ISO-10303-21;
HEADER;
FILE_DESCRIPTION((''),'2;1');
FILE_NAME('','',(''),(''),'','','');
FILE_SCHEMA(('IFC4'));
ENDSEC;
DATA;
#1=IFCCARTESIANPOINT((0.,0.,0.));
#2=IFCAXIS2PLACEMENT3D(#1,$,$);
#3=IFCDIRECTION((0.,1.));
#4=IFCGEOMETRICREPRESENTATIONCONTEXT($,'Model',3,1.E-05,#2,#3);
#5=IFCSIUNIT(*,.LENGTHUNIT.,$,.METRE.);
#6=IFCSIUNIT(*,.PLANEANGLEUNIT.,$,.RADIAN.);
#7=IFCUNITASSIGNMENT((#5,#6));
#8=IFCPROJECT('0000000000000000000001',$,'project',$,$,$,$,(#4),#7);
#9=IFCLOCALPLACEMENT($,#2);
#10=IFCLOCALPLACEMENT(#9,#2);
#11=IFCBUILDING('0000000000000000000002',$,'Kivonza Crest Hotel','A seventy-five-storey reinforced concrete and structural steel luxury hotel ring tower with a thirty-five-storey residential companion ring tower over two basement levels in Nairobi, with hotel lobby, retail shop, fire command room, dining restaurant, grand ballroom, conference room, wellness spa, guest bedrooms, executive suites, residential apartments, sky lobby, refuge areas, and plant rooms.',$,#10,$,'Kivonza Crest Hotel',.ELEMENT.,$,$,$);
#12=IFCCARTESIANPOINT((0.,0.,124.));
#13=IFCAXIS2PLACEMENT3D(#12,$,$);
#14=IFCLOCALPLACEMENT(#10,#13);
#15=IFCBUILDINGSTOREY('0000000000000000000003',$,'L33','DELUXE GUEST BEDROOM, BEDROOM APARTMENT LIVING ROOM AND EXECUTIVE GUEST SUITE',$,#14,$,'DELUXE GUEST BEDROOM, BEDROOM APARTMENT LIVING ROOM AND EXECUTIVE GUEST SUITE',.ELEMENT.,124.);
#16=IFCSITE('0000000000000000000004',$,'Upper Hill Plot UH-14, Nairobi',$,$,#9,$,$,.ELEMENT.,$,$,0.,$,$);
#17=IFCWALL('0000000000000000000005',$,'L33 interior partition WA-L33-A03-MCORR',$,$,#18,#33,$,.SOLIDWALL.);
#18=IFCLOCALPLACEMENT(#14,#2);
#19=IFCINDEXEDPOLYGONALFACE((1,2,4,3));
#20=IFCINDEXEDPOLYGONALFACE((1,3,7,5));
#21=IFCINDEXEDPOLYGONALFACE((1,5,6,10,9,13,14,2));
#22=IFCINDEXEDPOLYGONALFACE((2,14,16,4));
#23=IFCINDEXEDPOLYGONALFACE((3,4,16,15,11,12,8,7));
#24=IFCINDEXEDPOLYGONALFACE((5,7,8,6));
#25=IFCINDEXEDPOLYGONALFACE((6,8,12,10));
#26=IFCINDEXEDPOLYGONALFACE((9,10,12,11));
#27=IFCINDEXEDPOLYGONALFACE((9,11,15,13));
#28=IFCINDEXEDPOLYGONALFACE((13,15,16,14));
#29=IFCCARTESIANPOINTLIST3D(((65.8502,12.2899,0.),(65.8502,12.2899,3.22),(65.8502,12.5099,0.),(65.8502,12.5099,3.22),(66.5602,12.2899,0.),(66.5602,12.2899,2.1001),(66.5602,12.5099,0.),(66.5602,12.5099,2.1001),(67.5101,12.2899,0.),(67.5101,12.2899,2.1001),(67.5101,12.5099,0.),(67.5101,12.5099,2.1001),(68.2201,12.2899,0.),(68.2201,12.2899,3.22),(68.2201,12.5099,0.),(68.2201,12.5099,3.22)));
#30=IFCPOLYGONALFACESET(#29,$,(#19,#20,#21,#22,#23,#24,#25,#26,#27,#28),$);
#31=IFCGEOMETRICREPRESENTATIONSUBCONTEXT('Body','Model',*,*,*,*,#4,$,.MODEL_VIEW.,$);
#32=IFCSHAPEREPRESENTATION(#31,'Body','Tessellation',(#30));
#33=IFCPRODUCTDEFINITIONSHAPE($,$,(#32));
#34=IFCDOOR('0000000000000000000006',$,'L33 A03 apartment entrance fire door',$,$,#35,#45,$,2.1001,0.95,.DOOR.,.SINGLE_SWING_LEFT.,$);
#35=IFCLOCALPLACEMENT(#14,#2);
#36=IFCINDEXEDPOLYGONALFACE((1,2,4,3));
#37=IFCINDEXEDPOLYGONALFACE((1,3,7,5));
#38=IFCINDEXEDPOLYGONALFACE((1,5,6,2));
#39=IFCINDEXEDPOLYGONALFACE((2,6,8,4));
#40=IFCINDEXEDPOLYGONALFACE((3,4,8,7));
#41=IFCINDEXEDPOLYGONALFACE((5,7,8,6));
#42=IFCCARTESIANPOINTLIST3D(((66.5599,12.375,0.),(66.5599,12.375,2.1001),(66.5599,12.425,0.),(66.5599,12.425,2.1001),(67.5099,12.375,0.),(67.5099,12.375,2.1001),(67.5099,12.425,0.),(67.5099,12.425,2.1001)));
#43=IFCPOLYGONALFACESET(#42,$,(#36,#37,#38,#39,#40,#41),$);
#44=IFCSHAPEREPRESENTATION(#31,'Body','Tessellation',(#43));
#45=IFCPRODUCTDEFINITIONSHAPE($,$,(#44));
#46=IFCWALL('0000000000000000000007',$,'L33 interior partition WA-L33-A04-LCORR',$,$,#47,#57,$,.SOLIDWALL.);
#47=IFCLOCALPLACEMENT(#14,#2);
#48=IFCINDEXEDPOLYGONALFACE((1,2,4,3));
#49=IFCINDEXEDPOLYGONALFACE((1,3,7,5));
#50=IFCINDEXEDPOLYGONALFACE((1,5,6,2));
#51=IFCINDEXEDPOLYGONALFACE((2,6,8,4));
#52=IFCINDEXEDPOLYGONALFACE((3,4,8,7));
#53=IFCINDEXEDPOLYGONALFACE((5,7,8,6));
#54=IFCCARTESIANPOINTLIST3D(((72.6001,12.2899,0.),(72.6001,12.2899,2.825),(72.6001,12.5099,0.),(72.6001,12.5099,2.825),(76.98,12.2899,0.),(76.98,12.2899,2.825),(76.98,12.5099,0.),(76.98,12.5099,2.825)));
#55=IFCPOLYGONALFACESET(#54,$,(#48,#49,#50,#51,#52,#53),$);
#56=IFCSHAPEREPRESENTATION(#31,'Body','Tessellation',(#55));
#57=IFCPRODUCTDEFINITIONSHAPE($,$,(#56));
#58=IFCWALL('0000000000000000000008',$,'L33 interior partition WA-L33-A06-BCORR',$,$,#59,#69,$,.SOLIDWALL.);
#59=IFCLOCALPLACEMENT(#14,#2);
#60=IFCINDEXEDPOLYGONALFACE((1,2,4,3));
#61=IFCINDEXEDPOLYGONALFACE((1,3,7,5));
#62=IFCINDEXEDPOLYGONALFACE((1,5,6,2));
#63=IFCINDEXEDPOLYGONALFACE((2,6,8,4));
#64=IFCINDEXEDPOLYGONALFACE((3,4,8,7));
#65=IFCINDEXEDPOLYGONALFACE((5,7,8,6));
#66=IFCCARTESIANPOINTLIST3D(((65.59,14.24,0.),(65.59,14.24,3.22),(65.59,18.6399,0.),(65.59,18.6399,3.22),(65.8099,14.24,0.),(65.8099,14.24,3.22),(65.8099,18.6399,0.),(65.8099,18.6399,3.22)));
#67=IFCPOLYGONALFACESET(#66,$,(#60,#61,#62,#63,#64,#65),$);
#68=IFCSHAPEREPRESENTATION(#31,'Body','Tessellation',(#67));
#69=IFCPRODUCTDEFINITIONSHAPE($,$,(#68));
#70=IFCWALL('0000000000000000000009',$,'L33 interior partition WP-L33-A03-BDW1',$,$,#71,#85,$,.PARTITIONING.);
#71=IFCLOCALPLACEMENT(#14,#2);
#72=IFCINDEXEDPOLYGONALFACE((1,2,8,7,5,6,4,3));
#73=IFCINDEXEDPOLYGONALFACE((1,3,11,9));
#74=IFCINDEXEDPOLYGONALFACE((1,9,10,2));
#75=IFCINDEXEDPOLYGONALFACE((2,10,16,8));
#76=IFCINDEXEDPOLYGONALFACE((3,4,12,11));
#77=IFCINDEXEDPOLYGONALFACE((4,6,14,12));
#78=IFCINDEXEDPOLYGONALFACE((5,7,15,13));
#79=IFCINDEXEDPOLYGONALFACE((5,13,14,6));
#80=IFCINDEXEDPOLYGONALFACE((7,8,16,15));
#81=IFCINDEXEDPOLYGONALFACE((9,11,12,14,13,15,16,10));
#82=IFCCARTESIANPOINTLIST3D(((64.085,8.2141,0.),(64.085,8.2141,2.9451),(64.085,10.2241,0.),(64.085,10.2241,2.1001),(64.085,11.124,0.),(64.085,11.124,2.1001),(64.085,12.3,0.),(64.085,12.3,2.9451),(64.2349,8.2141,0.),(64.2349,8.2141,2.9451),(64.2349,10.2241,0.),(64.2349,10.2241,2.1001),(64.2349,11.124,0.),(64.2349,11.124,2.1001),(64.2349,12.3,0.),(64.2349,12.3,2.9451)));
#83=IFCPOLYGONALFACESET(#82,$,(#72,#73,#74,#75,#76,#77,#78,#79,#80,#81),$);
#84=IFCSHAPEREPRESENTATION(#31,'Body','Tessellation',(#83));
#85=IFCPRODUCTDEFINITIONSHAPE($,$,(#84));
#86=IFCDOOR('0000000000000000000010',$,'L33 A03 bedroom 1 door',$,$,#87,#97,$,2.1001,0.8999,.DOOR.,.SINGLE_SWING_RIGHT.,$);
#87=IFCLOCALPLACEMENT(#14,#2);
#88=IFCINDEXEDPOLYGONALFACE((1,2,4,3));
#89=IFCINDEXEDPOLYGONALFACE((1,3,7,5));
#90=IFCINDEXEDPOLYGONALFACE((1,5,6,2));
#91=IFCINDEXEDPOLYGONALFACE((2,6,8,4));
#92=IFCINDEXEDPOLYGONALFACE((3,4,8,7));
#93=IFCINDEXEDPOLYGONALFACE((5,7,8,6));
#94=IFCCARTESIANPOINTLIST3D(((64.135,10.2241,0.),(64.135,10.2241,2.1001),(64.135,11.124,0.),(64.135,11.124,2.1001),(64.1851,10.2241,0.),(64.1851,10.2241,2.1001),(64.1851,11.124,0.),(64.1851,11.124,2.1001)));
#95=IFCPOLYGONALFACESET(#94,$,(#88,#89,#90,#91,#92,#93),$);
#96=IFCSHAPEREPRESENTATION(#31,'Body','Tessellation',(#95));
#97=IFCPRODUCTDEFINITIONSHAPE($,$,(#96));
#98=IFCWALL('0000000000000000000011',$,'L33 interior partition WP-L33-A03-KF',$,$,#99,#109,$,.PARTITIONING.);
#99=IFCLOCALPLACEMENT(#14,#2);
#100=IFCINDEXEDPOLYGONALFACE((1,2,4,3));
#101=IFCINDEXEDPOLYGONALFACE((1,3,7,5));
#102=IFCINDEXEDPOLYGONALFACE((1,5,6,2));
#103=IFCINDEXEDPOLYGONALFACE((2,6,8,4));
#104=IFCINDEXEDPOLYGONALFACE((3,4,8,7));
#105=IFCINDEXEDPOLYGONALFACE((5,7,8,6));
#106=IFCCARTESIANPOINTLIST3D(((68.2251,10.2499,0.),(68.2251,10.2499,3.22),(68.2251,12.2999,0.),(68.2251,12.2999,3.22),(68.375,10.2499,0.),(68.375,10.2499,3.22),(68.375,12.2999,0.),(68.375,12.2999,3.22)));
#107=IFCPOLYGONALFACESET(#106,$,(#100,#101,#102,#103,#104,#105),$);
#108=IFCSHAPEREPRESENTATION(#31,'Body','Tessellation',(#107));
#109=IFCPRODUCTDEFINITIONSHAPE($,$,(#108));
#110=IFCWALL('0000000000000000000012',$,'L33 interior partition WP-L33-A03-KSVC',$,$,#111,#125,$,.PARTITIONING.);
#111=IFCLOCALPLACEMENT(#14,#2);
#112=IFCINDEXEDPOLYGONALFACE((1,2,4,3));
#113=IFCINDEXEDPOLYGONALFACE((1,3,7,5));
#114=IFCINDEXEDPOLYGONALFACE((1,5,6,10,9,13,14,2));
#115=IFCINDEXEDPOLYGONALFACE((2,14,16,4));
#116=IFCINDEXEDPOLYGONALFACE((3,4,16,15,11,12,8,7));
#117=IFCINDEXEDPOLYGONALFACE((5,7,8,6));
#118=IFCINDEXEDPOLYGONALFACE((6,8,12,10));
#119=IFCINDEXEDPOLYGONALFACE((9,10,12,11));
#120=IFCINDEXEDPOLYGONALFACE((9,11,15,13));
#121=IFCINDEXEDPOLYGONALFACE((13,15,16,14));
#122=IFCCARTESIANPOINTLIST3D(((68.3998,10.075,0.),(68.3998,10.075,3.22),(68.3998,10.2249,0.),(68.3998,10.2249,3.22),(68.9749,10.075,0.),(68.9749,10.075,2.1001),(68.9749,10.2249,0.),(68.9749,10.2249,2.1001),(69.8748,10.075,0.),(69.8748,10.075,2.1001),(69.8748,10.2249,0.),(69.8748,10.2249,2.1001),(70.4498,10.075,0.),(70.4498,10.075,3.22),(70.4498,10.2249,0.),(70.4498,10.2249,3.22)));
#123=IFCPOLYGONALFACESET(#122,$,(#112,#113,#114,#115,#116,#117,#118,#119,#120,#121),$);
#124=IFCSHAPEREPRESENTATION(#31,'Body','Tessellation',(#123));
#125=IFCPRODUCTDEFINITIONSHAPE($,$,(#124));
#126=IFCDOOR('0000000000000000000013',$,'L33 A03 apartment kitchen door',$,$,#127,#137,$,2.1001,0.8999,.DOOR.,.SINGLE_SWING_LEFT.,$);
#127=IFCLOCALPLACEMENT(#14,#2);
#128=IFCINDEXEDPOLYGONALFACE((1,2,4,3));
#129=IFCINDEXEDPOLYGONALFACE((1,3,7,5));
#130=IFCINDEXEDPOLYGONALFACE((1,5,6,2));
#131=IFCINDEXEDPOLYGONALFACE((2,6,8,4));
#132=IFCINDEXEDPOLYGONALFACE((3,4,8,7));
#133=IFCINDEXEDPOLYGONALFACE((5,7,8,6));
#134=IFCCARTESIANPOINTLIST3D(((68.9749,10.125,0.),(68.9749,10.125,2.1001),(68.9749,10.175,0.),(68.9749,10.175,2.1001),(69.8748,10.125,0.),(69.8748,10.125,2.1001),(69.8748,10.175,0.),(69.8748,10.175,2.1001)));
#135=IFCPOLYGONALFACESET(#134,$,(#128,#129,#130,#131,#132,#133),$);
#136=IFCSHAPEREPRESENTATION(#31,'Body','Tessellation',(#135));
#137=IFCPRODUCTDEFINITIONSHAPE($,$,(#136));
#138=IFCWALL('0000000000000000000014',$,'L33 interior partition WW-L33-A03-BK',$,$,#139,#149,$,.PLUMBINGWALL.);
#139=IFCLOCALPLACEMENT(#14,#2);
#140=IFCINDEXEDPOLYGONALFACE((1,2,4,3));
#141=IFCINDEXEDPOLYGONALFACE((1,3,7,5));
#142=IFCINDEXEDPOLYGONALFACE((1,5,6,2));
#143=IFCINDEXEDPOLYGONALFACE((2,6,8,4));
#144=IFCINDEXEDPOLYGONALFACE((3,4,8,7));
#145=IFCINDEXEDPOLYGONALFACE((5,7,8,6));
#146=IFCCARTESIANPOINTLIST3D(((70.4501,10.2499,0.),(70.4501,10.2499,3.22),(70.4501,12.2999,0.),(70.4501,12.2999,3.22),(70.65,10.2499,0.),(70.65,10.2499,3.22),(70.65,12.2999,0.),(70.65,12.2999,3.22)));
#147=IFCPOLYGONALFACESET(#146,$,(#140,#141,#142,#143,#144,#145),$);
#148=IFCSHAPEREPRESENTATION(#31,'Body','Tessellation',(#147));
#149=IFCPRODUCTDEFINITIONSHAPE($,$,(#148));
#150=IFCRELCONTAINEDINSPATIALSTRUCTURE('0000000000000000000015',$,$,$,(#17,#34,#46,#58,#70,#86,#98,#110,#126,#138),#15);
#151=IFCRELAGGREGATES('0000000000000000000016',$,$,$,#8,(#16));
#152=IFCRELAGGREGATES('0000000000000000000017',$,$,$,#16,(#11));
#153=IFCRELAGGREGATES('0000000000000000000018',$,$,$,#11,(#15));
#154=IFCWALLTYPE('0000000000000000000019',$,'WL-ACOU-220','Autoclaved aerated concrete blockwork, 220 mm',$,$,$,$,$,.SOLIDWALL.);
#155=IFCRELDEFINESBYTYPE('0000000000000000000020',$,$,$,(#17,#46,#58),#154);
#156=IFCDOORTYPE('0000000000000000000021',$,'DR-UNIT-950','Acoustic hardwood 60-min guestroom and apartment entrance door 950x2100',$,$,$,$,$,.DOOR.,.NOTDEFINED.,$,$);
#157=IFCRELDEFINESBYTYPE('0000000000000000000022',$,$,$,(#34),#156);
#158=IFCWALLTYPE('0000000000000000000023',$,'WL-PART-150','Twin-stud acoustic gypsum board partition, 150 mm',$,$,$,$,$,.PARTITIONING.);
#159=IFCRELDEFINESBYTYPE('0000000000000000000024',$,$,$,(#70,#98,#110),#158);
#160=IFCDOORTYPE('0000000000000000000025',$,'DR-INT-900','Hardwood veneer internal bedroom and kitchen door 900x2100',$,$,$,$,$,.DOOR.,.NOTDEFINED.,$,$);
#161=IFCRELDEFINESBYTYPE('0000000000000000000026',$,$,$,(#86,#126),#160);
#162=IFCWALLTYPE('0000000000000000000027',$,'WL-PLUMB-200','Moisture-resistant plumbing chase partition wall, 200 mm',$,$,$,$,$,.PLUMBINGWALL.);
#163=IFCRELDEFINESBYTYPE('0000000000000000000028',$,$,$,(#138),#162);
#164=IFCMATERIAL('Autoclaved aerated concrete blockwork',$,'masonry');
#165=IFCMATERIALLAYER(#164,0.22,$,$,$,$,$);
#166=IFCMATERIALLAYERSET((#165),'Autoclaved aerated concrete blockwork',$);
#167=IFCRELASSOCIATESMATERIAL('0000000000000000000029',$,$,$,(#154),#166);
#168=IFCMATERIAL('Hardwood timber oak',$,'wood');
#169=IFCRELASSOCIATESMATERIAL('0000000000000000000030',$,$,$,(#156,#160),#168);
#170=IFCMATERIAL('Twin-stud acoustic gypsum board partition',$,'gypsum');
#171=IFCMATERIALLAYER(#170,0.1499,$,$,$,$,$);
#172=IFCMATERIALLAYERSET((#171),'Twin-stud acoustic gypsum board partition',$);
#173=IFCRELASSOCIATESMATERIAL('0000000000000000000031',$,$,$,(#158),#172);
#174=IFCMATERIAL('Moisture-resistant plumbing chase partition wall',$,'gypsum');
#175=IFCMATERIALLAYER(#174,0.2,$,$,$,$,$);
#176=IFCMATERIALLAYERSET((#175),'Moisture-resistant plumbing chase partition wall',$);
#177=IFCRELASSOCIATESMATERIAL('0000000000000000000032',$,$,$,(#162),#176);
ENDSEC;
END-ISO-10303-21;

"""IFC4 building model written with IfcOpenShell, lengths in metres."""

from ifc_helpers import new_model, si_unit, direction, frame, frame_2d, origin, place, context, subcontext, project, spatial, rectangle, extrude, material, layer, layer_set, type_object, element, fill, save


model = new_model("IFC4")

# Units and contexts
model_context = context("Model", 3, precision=1e-05, world=origin(), true_north=direction((0.0, 1.0)))
body_context = subcontext(model_context, "Body", "Model", "MODEL_VIEW")
ifc_project = project(units=[si_unit("LENGTHUNIT", "METRE"), si_unit("PLANEANGLEUNIT", "RADIAN")], contexts=[model_context])

# Site, building, storey
site_placement = place(None, origin())
site = spatial("IfcSite", under=ifc_project, at=site_placement, Name="Upper Hill Plot UH-14, Nairobi", CompositionType="ELEMENT", RefElevation=0.0)
building_placement = place(site_placement, origin())
building = spatial("IfcBuilding", under=site, at=building_placement, Name="Kivonza Crest Hotel", Description="A seventy-five-storey reinforced concrete and structural steel luxury hotel ring tower with a thirty-five-storey residential companion ring tower over two basement levels in Nairobi, with hotel lobby, retail shop, fire command room, dining restaurant, grand ballroom, conference room, wellness spa, guest bedrooms, executive suites, residential apartments, sky lobby, refuge areas, and plant rooms.", LongName="Kivonza Crest Hotel", CompositionType="ELEMENT")
storey_placement = place(building_placement, frame((0.0, 0.0, 124.0)))
storey = spatial("IfcBuildingStorey", under=building, at=storey_placement, Name="L33", Description="DELUXE GUEST BEDROOM, BEDROOM APARTMENT LIVING ROOM AND EXECUTIVE GUEST SUITE", LongName="DELUXE GUEST BEDROOM, BEDROOM APARTMENT LIVING ROOM AND EXECUTIVE GUEST SUITE", CompositionType="ELEMENT", Elevation=124.0)

# Shared definitions
ifc_material_1 = material(Name="Autoclaved aerated concrete blockwork", Category="masonry")
ifc_layer_1 = layer(ifc_material_1, 0.22)
ifc_layer_set_1 = layer_set([ifc_layer_1], Name="Autoclaved aerated concrete blockwork")
wall_type_1 = type_object("IfcWallType", Name="WL-ACOU-220", Description="Autoclaved aerated concrete blockwork, 220 mm", PredefinedType="SOLIDWALL", material=ifc_layer_set_1)

# Wall, opening, door
wall_1_placement = place(storey_placement, frame((65.8501, 12.3999, 0.0), z_axis=(0.0, 0.0, 1.0), x_axis=(1.0, 0.0, 0.0)))
wall_1 = element("IfcWall", 1, at=wall_1_placement, inside=storey, type_object=wall_type_1, Name="L33 interior partition WA-L33-A03-MCORR", PredefinedType="SOLIDWALL", context=body_context, shape_type="SweptSolid", body=[
    extrude(rectangle(XDim=2.3699, YDim=0.22, at=frame_2d((1.1851, 0.0))), origin(), (0.0, 0.0, 1.0), 3.22),
])
opening_1_placement = place(wall_1_placement, frame((0.71, 0.0, 0.0)))
opening_1 = element("IfcOpeningElement", 2, at=opening_1_placement, cuts=wall_1, PredefinedType="OPENING", context=body_context, shape_type="SweptSolid", body=[
    extrude(rectangle(XDim=0.95, YDim=2.1001, at=frame_2d((0.4751, 1.05))), frame((0.0, 0.1201, 0.0), z_axis=(0.0, -1.0, 0.0), x_axis=(1.0, 0.0, 0.0)), (0.0, 0.0, 1.0), 0.24),
])
ifc_material_2 = material(Name="Hardwood timber oak", Category="wood")
door_type_1 = type_object("IfcDoorType", Name="DR-UNIT-950", Description="Acoustic hardwood 60-min guestroom and apartment entrance door 950x2100", OperationType="NOTDEFINED", PredefinedType="DOOR", material=ifc_material_2)
door_1_placement = place(opening_1_placement, frame((0.95, 0.0, 0.0), z_axis=(0.0, 0.0, 1.0), x_axis=(-1.0, 0.0, 0.0)))
door_1 = element("IfcDoor", 3, at=door_1_placement, inside=storey, type_object=door_type_1, Name="L33 A03 apartment entrance fire door", OperationType="SINGLE_SWING_LEFT", OverallHeight=2.1001, OverallWidth=0.95, PredefinedType="DOOR", context=body_context, shape_type="SweptSolid", body=[
    extrude(rectangle(XDim=0.95, YDim=2.1001, at=frame_2d((0.4751, 1.05))), frame((0.0, 0.0249, 0.0), z_axis=(0.0, -1.0, 0.0), x_axis=(1.0, 0.0, 0.0)), (0.0, 0.0, 1.0), 0.05),
])
fill(opening_1, door_1)

# Walls
wall_2_placement = place(storey_placement, frame((72.6001, 12.3999, 0.0), z_axis=(0.0, 0.0, 1.0), x_axis=(1.0, 0.0, 0.0)))
element("IfcWall", 4, at=wall_2_placement, inside=storey, type_object=wall_type_1, Name="L33 interior partition WA-L33-A04-LCORR", PredefinedType="SOLIDWALL", context=body_context, shape_type="SweptSolid", body=[
    extrude(rectangle(XDim=4.3799, YDim=0.22, at=frame_2d((2.1899, 0.0))), origin(), (0.0, 0.0, 1.0), 2.825),
])
wall_3_placement = place(storey_placement, frame((65.7, 14.24, 0.0), z_axis=(0.0, 0.0, 1.0), x_axis=(0.0, 1.0, 0.0)))
element("IfcWall", 5, at=wall_3_placement, inside=storey, type_object=wall_type_1, Name="L33 interior partition WA-L33-A06-BCORR", PredefinedType="SOLIDWALL", context=body_context, shape_type="SweptSolid", body=[
    extrude(rectangle(XDim=4.3999, YDim=0.22, at=frame_2d((2.2, 0.0))), origin(), (0.0, 0.0, 1.0), 3.22),
])

# Wall, opening, door
ifc_material_3 = material(Name="Twin-stud acoustic gypsum board partition", Category="gypsum")
ifc_layer_2 = layer(ifc_material_3, 0.1499)
ifc_layer_set_2 = layer_set([ifc_layer_2], Name="Twin-stud acoustic gypsum board partition")
wall_type_2 = type_object("IfcWallType", Name="WL-PART-150", Description="Twin-stud acoustic gypsum board partition, 150 mm", PredefinedType="PARTITIONING", material=ifc_layer_set_2)
wall_4_placement = place(storey_placement, frame((64.1599, 8.2141, 0.0), z_axis=(0.0, 0.0, 1.0), x_axis=(0.0, 1.0, 0.0)))
wall_4 = element("IfcWall", 6, at=wall_4_placement, inside=storey, type_object=wall_type_2, Name="L33 interior partition WP-L33-A03-BDW1", PredefinedType="PARTITIONING", context=body_context, shape_type="SweptSolid", body=[
    extrude(rectangle(XDim=4.0859, YDim=0.1499, at=frame_2d((2.043, 0.0))), origin(), (0.0, 0.0, 1.0), 2.9451),
])
opening_2_placement = place(wall_4_placement, frame((2.01, 0.0, 0.0)))
opening_2 = element("IfcOpeningElement", 7, at=opening_2_placement, cuts=wall_4, PredefinedType="OPENING", context=body_context, shape_type="SweptSolid", body=[
    extrude(rectangle(XDim=0.8999, YDim=2.1001, at=frame_2d((0.45, 1.05))), frame((0.0, 0.085, 0.0), z_axis=(0.0, -1.0, 0.0), x_axis=(1.0, 0.0, 0.0)), (0.0, 0.0, 1.0), 0.1699),
])
door_type_2 = type_object("IfcDoorType", Name="DR-INT-900", Description="Hardwood veneer internal bedroom and kitchen door 900x2100", OperationType="NOTDEFINED", PredefinedType="DOOR", material=ifc_material_2)
door_2_placement = place(opening_2_placement, origin())
door_2 = element("IfcDoor", 8, at=door_2_placement, inside=storey, type_object=door_type_2, Name="L33 A03 bedroom 1 door", OperationType="SINGLE_SWING_RIGHT", OverallHeight=2.1001, OverallWidth=0.8999, PredefinedType="DOOR", context=body_context, shape_type="SweptSolid", body=[
    extrude(rectangle(XDim=0.8999, YDim=2.1001, at=frame_2d((0.45, 1.05))), frame((0.0, 0.0249, 0.0), z_axis=(0.0, -1.0, 0.0), x_axis=(1.0, 0.0, 0.0)), (0.0, 0.0, 1.0), 0.05),
])
fill(opening_2, door_2)

# Wall
wall_5_placement = place(storey_placement, frame((68.3, 10.25, 0.0), z_axis=(0.0, 0.0, 1.0), x_axis=(0.0, 1.0, 0.0)))
element("IfcWall", 9, at=wall_5_placement, inside=storey, type_object=wall_type_2, Name="L33 interior partition WP-L33-A03-KF", PredefinedType="PARTITIONING", context=body_context, shape_type="SweptSolid", body=[
    extrude(rectangle(XDim=2.05, YDim=0.1499, at=frame_2d((1.0249, 0.0))), origin(), (0.0, 0.0, 1.0), 3.22),
])

# Wall, opening, door
wall_6_placement = place(storey_placement, frame((68.3999, 10.1499, 0.0), z_axis=(0.0, 0.0, 1.0), x_axis=(1.0, 0.0, 0.0)))
wall_6 = element("IfcWall", 10, at=wall_6_placement, inside=storey, type_object=wall_type_2, Name="L33 interior partition WP-L33-A03-KSVC", PredefinedType="PARTITIONING", context=body_context, shape_type="SweptSolid", body=[
    extrude(rectangle(XDim=2.05, YDim=0.1499, at=frame_2d((1.0249, 0.0))), origin(), (0.0, 0.0, 1.0), 3.22),
])
opening_3_placement = place(wall_6_placement, frame((0.575, 0.0, 0.0)))
opening_3 = element("IfcOpeningElement", 11, at=opening_3_placement, cuts=wall_6, PredefinedType="OPENING", context=body_context, shape_type="SweptSolid", body=[
    extrude(rectangle(XDim=0.8999, YDim=2.1001, at=frame_2d((0.45, 1.05))), frame((0.0, 0.085, 0.0), z_axis=(0.0, -1.0, 0.0), x_axis=(1.0, 0.0, 0.0)), (0.0, 0.0, 1.0), 0.1699),
])
door_3_placement = place(opening_3_placement, frame((0.8999, 0.0, 0.0), z_axis=(0.0, 0.0, 1.0), x_axis=(-1.0, 0.0, 0.0)))
door_3 = element("IfcDoor", 12, at=door_3_placement, inside=storey, type_object=door_type_2, Name="L33 A03 apartment kitchen door", OperationType="SINGLE_SWING_LEFT", OverallHeight=2.1001, OverallWidth=0.8999, PredefinedType="DOOR", context=body_context, shape_type="SweptSolid", body=[
    extrude(rectangle(XDim=0.8999, YDim=2.1001, at=frame_2d((0.45, 1.05))), frame((0.0, 0.0249, 0.0), z_axis=(0.0, -1.0, 0.0), x_axis=(1.0, 0.0, 0.0)), (0.0, 0.0, 1.0), 0.05),
])
fill(opening_3, door_3)

# Wall
ifc_material_4 = material(Name="Moisture-resistant plumbing chase partition wall", Category="gypsum")
ifc_layer_3 = layer(ifc_material_4, 0.2)
ifc_layer_set_3 = layer_set([ifc_layer_3], Name="Moisture-resistant plumbing chase partition wall")
wall_type_3 = type_object("IfcWallType", Name="WL-PLUMB-200", Description="Moisture-resistant plumbing chase partition wall, 200 mm", PredefinedType="PLUMBINGWALL", material=ifc_layer_set_3)
wall_7_placement = place(storey_placement, frame((70.55, 10.25, 0.0), z_axis=(0.0, 0.0, 1.0), x_axis=(0.0, 1.0, 0.0)))
element("IfcWall", 13, at=wall_7_placement, inside=storey, type_object=wall_type_3, Name="L33 interior partition WW-L33-A03-BK", PredefinedType="PLUMBINGWALL", context=body_context, shape_type="SweptSolid", body=[
    extrude(rectangle(XDim=2.05, YDim=0.2, at=frame_2d((1.0249, 0.0))), origin(), (0.0, 0.0, 1.0), 3.22),
])

save(model, "model.ifc")
